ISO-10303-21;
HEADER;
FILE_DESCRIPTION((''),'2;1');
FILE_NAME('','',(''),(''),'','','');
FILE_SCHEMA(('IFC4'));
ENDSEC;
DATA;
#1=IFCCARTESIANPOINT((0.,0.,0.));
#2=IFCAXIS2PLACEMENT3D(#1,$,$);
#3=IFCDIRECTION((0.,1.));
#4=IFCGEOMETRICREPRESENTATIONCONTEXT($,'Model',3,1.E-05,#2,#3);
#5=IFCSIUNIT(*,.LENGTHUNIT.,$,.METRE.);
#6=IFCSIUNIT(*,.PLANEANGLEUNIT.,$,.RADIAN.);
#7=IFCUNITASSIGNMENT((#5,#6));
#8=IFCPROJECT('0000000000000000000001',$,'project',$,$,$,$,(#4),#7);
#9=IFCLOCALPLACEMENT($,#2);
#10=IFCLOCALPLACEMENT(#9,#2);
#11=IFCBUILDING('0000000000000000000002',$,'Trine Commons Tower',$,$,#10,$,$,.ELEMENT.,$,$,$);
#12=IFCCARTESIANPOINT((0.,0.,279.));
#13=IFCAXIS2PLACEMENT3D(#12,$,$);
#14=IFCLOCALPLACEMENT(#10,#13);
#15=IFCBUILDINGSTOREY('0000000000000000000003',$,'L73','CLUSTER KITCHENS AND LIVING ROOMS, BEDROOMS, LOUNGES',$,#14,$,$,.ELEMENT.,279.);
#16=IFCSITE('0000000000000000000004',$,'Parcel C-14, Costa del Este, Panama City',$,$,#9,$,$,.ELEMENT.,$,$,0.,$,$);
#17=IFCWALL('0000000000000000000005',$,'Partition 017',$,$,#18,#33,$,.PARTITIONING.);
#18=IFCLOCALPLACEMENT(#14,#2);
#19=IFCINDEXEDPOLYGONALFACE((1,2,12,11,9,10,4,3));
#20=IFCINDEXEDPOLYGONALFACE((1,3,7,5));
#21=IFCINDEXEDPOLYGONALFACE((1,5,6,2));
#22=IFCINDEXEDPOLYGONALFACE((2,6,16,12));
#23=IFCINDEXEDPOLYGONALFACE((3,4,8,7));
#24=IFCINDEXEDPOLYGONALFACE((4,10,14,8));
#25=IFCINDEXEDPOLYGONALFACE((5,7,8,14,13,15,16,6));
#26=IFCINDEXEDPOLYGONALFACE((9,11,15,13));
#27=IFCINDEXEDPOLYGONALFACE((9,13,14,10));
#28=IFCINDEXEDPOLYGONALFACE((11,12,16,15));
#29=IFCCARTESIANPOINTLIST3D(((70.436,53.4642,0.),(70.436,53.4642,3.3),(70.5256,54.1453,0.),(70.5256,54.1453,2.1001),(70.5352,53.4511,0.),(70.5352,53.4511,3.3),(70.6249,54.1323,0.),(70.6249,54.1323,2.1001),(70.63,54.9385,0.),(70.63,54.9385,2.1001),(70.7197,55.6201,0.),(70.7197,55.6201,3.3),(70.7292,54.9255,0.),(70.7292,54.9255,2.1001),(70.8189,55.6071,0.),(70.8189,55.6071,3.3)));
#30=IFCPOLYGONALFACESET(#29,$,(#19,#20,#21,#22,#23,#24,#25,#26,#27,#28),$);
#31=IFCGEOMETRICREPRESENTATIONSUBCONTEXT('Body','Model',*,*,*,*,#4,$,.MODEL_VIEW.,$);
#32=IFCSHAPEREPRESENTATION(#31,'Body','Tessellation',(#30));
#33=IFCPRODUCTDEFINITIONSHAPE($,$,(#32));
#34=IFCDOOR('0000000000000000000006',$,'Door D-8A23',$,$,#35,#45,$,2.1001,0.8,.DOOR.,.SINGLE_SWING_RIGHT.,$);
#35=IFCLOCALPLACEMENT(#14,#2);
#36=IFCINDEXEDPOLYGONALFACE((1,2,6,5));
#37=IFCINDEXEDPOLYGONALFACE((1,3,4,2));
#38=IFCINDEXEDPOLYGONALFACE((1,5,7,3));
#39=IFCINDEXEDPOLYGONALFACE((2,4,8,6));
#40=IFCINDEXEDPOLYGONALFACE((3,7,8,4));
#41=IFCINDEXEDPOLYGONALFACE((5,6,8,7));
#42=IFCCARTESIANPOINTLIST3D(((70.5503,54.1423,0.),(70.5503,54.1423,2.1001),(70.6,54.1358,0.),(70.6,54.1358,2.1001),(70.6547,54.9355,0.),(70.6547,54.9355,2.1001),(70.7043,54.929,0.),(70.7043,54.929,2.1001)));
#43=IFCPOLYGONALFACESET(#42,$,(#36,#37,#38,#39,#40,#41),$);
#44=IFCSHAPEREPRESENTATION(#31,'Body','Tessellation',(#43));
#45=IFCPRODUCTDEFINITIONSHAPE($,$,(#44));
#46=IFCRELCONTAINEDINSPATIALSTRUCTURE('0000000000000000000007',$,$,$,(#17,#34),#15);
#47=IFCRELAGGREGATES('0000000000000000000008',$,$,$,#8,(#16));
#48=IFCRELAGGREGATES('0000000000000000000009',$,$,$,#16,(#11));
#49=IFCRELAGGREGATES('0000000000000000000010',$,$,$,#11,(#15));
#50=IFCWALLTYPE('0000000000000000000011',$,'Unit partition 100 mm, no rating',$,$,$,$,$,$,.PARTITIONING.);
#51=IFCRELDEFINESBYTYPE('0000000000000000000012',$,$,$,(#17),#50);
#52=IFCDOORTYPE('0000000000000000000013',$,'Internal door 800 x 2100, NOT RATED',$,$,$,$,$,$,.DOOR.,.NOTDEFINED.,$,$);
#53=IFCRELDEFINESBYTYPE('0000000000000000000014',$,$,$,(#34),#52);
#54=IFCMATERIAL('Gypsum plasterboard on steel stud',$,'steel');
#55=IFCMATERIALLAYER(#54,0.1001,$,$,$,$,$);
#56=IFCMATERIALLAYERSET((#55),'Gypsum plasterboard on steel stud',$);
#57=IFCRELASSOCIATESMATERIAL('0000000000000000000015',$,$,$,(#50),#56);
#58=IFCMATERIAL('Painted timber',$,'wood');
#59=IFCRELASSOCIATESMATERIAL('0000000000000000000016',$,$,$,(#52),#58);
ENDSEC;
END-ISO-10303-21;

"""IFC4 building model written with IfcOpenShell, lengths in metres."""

from ifc_helpers import new_model, si_unit, direction, frame, frame_2d, origin, place, context, subcontext, project, spatial, rectangle, extrude, material, layer, layer_set, type_object, element, fill, save


model = new_model("IFC4")

# Units and contexts
model_context = context("Model", 3, precision=1e-05, world=origin(), true_north=direction((0.0, 1.0)))
body_context = subcontext(model_context, "Body", "Model", "MODEL_VIEW")
ifc_project = project(units=[si_unit("LENGTHUNIT", "METRE"), si_unit("PLANEANGLEUNIT", "RADIAN")], contexts=[model_context])

# Site, building, storey
site_placement = place(None, origin())
site = spatial("IfcSite", under=ifc_project, at=site_placement, Name="Parcel C-14, Costa del Este, Panama City", CompositionType="ELEMENT", RefElevation=0.0)
building_placement = place(site_placement, origin())
building = spatial("IfcBuilding", under=site, at=building_placement, Name="Trine Commons Tower", CompositionType="ELEMENT")
storey_placement = place(building_placement, frame((0.0, 0.0, 279.0)))
storey = spatial("IfcBuildingStorey", under=building, at=storey_placement, Name="L73", Description="CLUSTER KITCHENS AND LIVING ROOMS, BEDROOMS, LOUNGES", CompositionType="ELEMENT", Elevation=279.0)

# Shared definitions
ifc_material_1 = material(Name="Gypsum plasterboard on steel stud", Category="steel")

# Shared definitions
ifc_material_2 = material(Name="Painted timber", Category="wood")

# Shared definitions
ifc_layer_1 = layer(ifc_material_1, 0.1001)
ifc_layer_set_1 = layer_set([ifc_layer_1], Name="Gypsum plasterboard on steel stud")
wall_type_1 = type_object("IfcWallType", Name="Unit partition 100 mm, no rating", PredefinedType="PARTITIONING", material=ifc_layer_set_1)

# Wall, opening, door
wall_1_placement = place(storey_placement, frame((70.4856, 53.4575, 0.0), z_axis=(0.0, 0.0, 1.0), x_axis=(0.130457, 0.991454, 0.0)))
wall_1 = element("IfcWall", 1, at=wall_1_placement, inside=storey, type_object=wall_type_1, Name="Partition 017", PredefinedType="PARTITIONING", context=body_context, shape_type="SweptSolid", body=[
    extrude(rectangle(XDim=2.1746, YDim=0.1001, at=frame_2d((1.0874, 0.0))), origin(), (0.0, 0.0, 1.0), 3.3),
])
opening_1_placement = place(wall_1_placement, frame((0.6873, 0.0, 0.0)))
opening_1 = element("IfcOpeningElement", 2, at=opening_1_placement, cuts=wall_1, PredefinedType="OPENING", context=body_context, shape_type="SweptSolid", body=[
    extrude(rectangle(XDim=0.8, YDim=2.1001, at=frame_2d((0.3999, 1.05))), frame((0.0, 0.0601, 0.0), z_axis=(0.0, -1.0, 0.0), x_axis=(1.0, 0.0, 0.0)), (0.0, 0.0, 1.0), 0.1201),
])
door_type_1 = type_object("IfcDoorType", Name="Internal door 800 x 2100, NOT RATED", OperationType="NOTDEFINED", PredefinedType="DOOR", material=ifc_material_2)
door_1_placement = place(opening_1_placement, frame((0.8, 0.0, 0.0), z_axis=(0.0, 0.0, 1.0), x_axis=(-1.0, 0.0, 0.0)))
door_1 = element("IfcDoor", 3, at=door_1_placement, inside=storey, type_object=door_type_1, Name="Door D-8A23", OperationType="SINGLE_SWING_RIGHT", OverallHeight=2.1001, OverallWidth=0.8, PredefinedType="DOOR", context=body_context, shape_type="SweptSolid", body=[
    extrude(rectangle(XDim=0.8, YDim=2.1001, at=frame_2d((0.3999, 1.05))), frame((0.0, 0.0249, 0.0), z_axis=(0.0, -1.0, 0.0), x_axis=(1.0, 0.0, 0.0)), (0.0, 0.0, 1.0), 0.05),
])
fill(opening_1, door_1)

save(model, "model.ifc")
